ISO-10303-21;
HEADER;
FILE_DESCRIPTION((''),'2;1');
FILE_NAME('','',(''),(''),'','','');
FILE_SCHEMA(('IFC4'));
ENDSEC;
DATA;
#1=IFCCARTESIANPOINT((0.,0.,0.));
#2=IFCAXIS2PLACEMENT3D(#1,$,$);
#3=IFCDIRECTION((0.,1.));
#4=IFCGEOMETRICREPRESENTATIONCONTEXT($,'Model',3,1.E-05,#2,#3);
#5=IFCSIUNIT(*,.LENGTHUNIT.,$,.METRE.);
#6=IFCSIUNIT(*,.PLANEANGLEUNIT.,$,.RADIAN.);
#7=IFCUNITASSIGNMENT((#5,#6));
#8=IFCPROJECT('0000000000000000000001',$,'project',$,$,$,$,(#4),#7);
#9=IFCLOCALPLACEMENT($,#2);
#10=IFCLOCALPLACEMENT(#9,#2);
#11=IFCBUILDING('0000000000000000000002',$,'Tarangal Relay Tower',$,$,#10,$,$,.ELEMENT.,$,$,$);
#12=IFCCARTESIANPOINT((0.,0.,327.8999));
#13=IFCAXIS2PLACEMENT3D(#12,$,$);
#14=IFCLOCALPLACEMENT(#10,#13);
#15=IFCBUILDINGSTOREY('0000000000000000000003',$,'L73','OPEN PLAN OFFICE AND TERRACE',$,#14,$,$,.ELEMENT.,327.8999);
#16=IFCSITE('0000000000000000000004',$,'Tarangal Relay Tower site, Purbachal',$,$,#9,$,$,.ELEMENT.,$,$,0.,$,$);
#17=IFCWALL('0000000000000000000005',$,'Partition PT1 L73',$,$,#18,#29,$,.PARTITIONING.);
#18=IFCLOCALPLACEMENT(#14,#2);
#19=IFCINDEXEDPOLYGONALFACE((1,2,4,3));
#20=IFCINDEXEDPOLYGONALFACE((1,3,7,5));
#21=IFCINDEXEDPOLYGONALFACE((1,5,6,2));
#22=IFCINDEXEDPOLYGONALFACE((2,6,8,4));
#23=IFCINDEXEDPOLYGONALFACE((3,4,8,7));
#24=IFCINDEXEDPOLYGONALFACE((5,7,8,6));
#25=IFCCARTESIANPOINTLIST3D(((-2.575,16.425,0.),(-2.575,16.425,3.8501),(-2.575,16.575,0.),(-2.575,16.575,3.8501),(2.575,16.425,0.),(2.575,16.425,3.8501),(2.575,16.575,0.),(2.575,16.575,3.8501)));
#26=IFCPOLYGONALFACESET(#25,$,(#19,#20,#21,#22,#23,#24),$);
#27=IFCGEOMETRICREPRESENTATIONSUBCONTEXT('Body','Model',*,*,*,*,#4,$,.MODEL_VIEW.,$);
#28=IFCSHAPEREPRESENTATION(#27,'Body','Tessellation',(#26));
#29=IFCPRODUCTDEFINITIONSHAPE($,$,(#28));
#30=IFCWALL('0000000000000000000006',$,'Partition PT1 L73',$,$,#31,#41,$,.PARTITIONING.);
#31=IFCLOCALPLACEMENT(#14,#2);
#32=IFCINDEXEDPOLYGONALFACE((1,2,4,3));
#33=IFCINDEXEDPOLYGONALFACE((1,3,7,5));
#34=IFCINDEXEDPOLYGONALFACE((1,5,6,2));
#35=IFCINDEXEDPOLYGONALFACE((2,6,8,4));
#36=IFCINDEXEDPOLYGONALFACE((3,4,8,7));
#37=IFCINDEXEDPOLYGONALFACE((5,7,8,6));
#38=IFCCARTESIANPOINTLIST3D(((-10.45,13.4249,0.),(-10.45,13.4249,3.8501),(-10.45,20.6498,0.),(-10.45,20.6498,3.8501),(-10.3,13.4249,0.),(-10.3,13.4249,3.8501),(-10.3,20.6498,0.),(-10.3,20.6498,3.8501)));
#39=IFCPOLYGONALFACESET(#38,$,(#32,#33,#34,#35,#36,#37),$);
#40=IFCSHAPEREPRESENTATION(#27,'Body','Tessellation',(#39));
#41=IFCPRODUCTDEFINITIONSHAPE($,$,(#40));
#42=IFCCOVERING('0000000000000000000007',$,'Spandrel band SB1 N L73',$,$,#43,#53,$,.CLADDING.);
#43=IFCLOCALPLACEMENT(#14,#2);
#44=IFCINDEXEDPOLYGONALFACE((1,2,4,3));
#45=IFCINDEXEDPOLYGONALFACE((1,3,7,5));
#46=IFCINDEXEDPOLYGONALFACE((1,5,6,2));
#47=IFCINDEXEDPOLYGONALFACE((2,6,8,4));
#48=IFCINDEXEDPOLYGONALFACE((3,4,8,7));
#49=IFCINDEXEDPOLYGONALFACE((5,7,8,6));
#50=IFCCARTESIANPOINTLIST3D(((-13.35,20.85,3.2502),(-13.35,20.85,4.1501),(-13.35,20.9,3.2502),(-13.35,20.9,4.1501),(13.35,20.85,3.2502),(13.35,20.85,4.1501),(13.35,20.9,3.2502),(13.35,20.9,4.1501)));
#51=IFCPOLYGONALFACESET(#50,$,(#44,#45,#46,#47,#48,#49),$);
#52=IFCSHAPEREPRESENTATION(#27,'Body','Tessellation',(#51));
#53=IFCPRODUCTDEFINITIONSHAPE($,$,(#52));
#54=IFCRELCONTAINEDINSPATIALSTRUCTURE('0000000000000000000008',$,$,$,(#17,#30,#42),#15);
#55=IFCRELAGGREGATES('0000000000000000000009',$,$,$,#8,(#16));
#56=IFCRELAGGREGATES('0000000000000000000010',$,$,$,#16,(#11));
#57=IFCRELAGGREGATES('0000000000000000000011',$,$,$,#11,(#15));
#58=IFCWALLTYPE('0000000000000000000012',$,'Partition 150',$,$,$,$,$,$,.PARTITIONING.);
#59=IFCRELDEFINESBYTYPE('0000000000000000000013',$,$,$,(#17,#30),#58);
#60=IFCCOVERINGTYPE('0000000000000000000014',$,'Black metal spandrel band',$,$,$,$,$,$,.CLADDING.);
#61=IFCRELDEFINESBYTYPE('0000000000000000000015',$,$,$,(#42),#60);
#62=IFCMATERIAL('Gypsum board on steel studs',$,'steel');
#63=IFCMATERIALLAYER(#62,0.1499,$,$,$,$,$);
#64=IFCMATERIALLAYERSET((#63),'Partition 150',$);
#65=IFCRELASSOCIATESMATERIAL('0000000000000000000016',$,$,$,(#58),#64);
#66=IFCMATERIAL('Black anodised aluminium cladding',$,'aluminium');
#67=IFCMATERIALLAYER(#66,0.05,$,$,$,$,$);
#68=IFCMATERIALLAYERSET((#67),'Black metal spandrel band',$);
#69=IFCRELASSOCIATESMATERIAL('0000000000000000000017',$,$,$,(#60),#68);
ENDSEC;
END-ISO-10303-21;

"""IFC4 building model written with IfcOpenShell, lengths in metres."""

from ifc_helpers import new_model, si_unit, direction, frame, frame_2d, origin, origin_2d, place, context, subcontext, project, spatial, rectangle, extrude, material, layer, layer_set, type_object, element, save


model = new_model("IFC4")

# Units and contexts
model_context = context("Model", 3, precision=1e-05, world=origin(), true_north=direction((0.0, 1.0)))
body_context = subcontext(model_context, "Body", "Model", "MODEL_VIEW")
ifc_project = project(units=[si_unit("LENGTHUNIT", "METRE"), si_unit("PLANEANGLEUNIT", "RADIAN")], contexts=[model_context])

# Site, building, storey
site_placement = place(None, origin())
site = spatial("IfcSite", under=ifc_project, at=site_placement, Name="Tarangal Relay Tower site, Purbachal", CompositionType="ELEMENT", RefElevation=0.0)
building_placement = place(site_placement, origin())
building = spatial("IfcBuilding", under=site, at=building_placement, Name="Tarangal Relay Tower", CompositionType="ELEMENT")
storey_placement = place(building_placement, frame((0.0, 0.0, 327.8999)))
storey = spatial("IfcBuildingStorey", under=building, at=storey_placement, Name="L73", Description="OPEN PLAN OFFICE AND TERRACE", CompositionType="ELEMENT", Elevation=327.8999)

# Shared definitions
ifc_material_1 = material(Name="Gypsum board on steel studs", Category="steel")
ifc_layer_1 = layer(ifc_material_1, 0.1499)
ifc_layer_set_1 = layer_set([ifc_layer_1], Name="Partition 150")
wall_type_1 = type_object("IfcWallType", Name="Partition 150", PredefinedType="PARTITIONING", material=ifc_layer_set_1)

# Walls
wall_1_placement = place(storey_placement, frame((-2.575, 16.5, 0.0), z_axis=(0.0, 0.0, 1.0), x_axis=(1.0, 0.0, 0.0)))
element("IfcWall", 1, at=wall_1_placement, inside=storey, type_object=wall_type_1, Name="Partition PT1 L73", PredefinedType="PARTITIONING", context=body_context, shape_type="SweptSolid", body=[
    extrude(rectangle(XDim=5.1499, YDim=0.1499, at=frame_2d((2.575, 0.0))), origin(), (0.0, 0.0, 1.0), 3.8501),
])
wall_2_placement = place(storey_placement, frame((-10.375, 13.425, 0.0), z_axis=(0.0, 0.0, 1.0), x_axis=(0.0, 1.0, 0.0)))
element("IfcWall", 2, at=wall_2_placement, inside=storey, type_object=wall_type_1, Name="Partition PT1 L73", PredefinedType="PARTITIONING", context=body_context, shape_type="SweptSolid", body=[
    extrude(rectangle(XDim=7.2249, YDim=0.1499, at=frame_2d((3.6123, 0.0))), origin(), (0.0, 0.0, 1.0), 3.8501),
])

# Covering
ifc_material_2 = material(Name="Black anodised aluminium cladding", Category="aluminium")
ifc_layer_2 = layer(ifc_material_2, 0.05)
ifc_layer_set_2 = layer_set([ifc_layer_2], Name="Black metal spandrel band")
covering_type = type_object("IfcCoveringType", Name="Black metal spandrel band", PredefinedType="CLADDING", material=ifc_layer_set_2)
covering_placement = place(storey_placement, frame((0.0, 20.875, 3.2502), z_axis=(0.0, 0.0, 1.0), x_axis=(1.0, 0.0, 0.0)))
element("IfcCovering", 3, at=covering_placement, inside=storey, type_object=covering_type, Name="Spandrel band SB1 N L73", PredefinedType="CLADDING", context=body_context, shape_type="SweptSolid", body=[
    extrude(rectangle(XDim=26.7, YDim=0.05, at=origin_2d()), origin(), (0.0, 0.0, 1.0), 0.8999),
])

save(model, "model.ifc")
